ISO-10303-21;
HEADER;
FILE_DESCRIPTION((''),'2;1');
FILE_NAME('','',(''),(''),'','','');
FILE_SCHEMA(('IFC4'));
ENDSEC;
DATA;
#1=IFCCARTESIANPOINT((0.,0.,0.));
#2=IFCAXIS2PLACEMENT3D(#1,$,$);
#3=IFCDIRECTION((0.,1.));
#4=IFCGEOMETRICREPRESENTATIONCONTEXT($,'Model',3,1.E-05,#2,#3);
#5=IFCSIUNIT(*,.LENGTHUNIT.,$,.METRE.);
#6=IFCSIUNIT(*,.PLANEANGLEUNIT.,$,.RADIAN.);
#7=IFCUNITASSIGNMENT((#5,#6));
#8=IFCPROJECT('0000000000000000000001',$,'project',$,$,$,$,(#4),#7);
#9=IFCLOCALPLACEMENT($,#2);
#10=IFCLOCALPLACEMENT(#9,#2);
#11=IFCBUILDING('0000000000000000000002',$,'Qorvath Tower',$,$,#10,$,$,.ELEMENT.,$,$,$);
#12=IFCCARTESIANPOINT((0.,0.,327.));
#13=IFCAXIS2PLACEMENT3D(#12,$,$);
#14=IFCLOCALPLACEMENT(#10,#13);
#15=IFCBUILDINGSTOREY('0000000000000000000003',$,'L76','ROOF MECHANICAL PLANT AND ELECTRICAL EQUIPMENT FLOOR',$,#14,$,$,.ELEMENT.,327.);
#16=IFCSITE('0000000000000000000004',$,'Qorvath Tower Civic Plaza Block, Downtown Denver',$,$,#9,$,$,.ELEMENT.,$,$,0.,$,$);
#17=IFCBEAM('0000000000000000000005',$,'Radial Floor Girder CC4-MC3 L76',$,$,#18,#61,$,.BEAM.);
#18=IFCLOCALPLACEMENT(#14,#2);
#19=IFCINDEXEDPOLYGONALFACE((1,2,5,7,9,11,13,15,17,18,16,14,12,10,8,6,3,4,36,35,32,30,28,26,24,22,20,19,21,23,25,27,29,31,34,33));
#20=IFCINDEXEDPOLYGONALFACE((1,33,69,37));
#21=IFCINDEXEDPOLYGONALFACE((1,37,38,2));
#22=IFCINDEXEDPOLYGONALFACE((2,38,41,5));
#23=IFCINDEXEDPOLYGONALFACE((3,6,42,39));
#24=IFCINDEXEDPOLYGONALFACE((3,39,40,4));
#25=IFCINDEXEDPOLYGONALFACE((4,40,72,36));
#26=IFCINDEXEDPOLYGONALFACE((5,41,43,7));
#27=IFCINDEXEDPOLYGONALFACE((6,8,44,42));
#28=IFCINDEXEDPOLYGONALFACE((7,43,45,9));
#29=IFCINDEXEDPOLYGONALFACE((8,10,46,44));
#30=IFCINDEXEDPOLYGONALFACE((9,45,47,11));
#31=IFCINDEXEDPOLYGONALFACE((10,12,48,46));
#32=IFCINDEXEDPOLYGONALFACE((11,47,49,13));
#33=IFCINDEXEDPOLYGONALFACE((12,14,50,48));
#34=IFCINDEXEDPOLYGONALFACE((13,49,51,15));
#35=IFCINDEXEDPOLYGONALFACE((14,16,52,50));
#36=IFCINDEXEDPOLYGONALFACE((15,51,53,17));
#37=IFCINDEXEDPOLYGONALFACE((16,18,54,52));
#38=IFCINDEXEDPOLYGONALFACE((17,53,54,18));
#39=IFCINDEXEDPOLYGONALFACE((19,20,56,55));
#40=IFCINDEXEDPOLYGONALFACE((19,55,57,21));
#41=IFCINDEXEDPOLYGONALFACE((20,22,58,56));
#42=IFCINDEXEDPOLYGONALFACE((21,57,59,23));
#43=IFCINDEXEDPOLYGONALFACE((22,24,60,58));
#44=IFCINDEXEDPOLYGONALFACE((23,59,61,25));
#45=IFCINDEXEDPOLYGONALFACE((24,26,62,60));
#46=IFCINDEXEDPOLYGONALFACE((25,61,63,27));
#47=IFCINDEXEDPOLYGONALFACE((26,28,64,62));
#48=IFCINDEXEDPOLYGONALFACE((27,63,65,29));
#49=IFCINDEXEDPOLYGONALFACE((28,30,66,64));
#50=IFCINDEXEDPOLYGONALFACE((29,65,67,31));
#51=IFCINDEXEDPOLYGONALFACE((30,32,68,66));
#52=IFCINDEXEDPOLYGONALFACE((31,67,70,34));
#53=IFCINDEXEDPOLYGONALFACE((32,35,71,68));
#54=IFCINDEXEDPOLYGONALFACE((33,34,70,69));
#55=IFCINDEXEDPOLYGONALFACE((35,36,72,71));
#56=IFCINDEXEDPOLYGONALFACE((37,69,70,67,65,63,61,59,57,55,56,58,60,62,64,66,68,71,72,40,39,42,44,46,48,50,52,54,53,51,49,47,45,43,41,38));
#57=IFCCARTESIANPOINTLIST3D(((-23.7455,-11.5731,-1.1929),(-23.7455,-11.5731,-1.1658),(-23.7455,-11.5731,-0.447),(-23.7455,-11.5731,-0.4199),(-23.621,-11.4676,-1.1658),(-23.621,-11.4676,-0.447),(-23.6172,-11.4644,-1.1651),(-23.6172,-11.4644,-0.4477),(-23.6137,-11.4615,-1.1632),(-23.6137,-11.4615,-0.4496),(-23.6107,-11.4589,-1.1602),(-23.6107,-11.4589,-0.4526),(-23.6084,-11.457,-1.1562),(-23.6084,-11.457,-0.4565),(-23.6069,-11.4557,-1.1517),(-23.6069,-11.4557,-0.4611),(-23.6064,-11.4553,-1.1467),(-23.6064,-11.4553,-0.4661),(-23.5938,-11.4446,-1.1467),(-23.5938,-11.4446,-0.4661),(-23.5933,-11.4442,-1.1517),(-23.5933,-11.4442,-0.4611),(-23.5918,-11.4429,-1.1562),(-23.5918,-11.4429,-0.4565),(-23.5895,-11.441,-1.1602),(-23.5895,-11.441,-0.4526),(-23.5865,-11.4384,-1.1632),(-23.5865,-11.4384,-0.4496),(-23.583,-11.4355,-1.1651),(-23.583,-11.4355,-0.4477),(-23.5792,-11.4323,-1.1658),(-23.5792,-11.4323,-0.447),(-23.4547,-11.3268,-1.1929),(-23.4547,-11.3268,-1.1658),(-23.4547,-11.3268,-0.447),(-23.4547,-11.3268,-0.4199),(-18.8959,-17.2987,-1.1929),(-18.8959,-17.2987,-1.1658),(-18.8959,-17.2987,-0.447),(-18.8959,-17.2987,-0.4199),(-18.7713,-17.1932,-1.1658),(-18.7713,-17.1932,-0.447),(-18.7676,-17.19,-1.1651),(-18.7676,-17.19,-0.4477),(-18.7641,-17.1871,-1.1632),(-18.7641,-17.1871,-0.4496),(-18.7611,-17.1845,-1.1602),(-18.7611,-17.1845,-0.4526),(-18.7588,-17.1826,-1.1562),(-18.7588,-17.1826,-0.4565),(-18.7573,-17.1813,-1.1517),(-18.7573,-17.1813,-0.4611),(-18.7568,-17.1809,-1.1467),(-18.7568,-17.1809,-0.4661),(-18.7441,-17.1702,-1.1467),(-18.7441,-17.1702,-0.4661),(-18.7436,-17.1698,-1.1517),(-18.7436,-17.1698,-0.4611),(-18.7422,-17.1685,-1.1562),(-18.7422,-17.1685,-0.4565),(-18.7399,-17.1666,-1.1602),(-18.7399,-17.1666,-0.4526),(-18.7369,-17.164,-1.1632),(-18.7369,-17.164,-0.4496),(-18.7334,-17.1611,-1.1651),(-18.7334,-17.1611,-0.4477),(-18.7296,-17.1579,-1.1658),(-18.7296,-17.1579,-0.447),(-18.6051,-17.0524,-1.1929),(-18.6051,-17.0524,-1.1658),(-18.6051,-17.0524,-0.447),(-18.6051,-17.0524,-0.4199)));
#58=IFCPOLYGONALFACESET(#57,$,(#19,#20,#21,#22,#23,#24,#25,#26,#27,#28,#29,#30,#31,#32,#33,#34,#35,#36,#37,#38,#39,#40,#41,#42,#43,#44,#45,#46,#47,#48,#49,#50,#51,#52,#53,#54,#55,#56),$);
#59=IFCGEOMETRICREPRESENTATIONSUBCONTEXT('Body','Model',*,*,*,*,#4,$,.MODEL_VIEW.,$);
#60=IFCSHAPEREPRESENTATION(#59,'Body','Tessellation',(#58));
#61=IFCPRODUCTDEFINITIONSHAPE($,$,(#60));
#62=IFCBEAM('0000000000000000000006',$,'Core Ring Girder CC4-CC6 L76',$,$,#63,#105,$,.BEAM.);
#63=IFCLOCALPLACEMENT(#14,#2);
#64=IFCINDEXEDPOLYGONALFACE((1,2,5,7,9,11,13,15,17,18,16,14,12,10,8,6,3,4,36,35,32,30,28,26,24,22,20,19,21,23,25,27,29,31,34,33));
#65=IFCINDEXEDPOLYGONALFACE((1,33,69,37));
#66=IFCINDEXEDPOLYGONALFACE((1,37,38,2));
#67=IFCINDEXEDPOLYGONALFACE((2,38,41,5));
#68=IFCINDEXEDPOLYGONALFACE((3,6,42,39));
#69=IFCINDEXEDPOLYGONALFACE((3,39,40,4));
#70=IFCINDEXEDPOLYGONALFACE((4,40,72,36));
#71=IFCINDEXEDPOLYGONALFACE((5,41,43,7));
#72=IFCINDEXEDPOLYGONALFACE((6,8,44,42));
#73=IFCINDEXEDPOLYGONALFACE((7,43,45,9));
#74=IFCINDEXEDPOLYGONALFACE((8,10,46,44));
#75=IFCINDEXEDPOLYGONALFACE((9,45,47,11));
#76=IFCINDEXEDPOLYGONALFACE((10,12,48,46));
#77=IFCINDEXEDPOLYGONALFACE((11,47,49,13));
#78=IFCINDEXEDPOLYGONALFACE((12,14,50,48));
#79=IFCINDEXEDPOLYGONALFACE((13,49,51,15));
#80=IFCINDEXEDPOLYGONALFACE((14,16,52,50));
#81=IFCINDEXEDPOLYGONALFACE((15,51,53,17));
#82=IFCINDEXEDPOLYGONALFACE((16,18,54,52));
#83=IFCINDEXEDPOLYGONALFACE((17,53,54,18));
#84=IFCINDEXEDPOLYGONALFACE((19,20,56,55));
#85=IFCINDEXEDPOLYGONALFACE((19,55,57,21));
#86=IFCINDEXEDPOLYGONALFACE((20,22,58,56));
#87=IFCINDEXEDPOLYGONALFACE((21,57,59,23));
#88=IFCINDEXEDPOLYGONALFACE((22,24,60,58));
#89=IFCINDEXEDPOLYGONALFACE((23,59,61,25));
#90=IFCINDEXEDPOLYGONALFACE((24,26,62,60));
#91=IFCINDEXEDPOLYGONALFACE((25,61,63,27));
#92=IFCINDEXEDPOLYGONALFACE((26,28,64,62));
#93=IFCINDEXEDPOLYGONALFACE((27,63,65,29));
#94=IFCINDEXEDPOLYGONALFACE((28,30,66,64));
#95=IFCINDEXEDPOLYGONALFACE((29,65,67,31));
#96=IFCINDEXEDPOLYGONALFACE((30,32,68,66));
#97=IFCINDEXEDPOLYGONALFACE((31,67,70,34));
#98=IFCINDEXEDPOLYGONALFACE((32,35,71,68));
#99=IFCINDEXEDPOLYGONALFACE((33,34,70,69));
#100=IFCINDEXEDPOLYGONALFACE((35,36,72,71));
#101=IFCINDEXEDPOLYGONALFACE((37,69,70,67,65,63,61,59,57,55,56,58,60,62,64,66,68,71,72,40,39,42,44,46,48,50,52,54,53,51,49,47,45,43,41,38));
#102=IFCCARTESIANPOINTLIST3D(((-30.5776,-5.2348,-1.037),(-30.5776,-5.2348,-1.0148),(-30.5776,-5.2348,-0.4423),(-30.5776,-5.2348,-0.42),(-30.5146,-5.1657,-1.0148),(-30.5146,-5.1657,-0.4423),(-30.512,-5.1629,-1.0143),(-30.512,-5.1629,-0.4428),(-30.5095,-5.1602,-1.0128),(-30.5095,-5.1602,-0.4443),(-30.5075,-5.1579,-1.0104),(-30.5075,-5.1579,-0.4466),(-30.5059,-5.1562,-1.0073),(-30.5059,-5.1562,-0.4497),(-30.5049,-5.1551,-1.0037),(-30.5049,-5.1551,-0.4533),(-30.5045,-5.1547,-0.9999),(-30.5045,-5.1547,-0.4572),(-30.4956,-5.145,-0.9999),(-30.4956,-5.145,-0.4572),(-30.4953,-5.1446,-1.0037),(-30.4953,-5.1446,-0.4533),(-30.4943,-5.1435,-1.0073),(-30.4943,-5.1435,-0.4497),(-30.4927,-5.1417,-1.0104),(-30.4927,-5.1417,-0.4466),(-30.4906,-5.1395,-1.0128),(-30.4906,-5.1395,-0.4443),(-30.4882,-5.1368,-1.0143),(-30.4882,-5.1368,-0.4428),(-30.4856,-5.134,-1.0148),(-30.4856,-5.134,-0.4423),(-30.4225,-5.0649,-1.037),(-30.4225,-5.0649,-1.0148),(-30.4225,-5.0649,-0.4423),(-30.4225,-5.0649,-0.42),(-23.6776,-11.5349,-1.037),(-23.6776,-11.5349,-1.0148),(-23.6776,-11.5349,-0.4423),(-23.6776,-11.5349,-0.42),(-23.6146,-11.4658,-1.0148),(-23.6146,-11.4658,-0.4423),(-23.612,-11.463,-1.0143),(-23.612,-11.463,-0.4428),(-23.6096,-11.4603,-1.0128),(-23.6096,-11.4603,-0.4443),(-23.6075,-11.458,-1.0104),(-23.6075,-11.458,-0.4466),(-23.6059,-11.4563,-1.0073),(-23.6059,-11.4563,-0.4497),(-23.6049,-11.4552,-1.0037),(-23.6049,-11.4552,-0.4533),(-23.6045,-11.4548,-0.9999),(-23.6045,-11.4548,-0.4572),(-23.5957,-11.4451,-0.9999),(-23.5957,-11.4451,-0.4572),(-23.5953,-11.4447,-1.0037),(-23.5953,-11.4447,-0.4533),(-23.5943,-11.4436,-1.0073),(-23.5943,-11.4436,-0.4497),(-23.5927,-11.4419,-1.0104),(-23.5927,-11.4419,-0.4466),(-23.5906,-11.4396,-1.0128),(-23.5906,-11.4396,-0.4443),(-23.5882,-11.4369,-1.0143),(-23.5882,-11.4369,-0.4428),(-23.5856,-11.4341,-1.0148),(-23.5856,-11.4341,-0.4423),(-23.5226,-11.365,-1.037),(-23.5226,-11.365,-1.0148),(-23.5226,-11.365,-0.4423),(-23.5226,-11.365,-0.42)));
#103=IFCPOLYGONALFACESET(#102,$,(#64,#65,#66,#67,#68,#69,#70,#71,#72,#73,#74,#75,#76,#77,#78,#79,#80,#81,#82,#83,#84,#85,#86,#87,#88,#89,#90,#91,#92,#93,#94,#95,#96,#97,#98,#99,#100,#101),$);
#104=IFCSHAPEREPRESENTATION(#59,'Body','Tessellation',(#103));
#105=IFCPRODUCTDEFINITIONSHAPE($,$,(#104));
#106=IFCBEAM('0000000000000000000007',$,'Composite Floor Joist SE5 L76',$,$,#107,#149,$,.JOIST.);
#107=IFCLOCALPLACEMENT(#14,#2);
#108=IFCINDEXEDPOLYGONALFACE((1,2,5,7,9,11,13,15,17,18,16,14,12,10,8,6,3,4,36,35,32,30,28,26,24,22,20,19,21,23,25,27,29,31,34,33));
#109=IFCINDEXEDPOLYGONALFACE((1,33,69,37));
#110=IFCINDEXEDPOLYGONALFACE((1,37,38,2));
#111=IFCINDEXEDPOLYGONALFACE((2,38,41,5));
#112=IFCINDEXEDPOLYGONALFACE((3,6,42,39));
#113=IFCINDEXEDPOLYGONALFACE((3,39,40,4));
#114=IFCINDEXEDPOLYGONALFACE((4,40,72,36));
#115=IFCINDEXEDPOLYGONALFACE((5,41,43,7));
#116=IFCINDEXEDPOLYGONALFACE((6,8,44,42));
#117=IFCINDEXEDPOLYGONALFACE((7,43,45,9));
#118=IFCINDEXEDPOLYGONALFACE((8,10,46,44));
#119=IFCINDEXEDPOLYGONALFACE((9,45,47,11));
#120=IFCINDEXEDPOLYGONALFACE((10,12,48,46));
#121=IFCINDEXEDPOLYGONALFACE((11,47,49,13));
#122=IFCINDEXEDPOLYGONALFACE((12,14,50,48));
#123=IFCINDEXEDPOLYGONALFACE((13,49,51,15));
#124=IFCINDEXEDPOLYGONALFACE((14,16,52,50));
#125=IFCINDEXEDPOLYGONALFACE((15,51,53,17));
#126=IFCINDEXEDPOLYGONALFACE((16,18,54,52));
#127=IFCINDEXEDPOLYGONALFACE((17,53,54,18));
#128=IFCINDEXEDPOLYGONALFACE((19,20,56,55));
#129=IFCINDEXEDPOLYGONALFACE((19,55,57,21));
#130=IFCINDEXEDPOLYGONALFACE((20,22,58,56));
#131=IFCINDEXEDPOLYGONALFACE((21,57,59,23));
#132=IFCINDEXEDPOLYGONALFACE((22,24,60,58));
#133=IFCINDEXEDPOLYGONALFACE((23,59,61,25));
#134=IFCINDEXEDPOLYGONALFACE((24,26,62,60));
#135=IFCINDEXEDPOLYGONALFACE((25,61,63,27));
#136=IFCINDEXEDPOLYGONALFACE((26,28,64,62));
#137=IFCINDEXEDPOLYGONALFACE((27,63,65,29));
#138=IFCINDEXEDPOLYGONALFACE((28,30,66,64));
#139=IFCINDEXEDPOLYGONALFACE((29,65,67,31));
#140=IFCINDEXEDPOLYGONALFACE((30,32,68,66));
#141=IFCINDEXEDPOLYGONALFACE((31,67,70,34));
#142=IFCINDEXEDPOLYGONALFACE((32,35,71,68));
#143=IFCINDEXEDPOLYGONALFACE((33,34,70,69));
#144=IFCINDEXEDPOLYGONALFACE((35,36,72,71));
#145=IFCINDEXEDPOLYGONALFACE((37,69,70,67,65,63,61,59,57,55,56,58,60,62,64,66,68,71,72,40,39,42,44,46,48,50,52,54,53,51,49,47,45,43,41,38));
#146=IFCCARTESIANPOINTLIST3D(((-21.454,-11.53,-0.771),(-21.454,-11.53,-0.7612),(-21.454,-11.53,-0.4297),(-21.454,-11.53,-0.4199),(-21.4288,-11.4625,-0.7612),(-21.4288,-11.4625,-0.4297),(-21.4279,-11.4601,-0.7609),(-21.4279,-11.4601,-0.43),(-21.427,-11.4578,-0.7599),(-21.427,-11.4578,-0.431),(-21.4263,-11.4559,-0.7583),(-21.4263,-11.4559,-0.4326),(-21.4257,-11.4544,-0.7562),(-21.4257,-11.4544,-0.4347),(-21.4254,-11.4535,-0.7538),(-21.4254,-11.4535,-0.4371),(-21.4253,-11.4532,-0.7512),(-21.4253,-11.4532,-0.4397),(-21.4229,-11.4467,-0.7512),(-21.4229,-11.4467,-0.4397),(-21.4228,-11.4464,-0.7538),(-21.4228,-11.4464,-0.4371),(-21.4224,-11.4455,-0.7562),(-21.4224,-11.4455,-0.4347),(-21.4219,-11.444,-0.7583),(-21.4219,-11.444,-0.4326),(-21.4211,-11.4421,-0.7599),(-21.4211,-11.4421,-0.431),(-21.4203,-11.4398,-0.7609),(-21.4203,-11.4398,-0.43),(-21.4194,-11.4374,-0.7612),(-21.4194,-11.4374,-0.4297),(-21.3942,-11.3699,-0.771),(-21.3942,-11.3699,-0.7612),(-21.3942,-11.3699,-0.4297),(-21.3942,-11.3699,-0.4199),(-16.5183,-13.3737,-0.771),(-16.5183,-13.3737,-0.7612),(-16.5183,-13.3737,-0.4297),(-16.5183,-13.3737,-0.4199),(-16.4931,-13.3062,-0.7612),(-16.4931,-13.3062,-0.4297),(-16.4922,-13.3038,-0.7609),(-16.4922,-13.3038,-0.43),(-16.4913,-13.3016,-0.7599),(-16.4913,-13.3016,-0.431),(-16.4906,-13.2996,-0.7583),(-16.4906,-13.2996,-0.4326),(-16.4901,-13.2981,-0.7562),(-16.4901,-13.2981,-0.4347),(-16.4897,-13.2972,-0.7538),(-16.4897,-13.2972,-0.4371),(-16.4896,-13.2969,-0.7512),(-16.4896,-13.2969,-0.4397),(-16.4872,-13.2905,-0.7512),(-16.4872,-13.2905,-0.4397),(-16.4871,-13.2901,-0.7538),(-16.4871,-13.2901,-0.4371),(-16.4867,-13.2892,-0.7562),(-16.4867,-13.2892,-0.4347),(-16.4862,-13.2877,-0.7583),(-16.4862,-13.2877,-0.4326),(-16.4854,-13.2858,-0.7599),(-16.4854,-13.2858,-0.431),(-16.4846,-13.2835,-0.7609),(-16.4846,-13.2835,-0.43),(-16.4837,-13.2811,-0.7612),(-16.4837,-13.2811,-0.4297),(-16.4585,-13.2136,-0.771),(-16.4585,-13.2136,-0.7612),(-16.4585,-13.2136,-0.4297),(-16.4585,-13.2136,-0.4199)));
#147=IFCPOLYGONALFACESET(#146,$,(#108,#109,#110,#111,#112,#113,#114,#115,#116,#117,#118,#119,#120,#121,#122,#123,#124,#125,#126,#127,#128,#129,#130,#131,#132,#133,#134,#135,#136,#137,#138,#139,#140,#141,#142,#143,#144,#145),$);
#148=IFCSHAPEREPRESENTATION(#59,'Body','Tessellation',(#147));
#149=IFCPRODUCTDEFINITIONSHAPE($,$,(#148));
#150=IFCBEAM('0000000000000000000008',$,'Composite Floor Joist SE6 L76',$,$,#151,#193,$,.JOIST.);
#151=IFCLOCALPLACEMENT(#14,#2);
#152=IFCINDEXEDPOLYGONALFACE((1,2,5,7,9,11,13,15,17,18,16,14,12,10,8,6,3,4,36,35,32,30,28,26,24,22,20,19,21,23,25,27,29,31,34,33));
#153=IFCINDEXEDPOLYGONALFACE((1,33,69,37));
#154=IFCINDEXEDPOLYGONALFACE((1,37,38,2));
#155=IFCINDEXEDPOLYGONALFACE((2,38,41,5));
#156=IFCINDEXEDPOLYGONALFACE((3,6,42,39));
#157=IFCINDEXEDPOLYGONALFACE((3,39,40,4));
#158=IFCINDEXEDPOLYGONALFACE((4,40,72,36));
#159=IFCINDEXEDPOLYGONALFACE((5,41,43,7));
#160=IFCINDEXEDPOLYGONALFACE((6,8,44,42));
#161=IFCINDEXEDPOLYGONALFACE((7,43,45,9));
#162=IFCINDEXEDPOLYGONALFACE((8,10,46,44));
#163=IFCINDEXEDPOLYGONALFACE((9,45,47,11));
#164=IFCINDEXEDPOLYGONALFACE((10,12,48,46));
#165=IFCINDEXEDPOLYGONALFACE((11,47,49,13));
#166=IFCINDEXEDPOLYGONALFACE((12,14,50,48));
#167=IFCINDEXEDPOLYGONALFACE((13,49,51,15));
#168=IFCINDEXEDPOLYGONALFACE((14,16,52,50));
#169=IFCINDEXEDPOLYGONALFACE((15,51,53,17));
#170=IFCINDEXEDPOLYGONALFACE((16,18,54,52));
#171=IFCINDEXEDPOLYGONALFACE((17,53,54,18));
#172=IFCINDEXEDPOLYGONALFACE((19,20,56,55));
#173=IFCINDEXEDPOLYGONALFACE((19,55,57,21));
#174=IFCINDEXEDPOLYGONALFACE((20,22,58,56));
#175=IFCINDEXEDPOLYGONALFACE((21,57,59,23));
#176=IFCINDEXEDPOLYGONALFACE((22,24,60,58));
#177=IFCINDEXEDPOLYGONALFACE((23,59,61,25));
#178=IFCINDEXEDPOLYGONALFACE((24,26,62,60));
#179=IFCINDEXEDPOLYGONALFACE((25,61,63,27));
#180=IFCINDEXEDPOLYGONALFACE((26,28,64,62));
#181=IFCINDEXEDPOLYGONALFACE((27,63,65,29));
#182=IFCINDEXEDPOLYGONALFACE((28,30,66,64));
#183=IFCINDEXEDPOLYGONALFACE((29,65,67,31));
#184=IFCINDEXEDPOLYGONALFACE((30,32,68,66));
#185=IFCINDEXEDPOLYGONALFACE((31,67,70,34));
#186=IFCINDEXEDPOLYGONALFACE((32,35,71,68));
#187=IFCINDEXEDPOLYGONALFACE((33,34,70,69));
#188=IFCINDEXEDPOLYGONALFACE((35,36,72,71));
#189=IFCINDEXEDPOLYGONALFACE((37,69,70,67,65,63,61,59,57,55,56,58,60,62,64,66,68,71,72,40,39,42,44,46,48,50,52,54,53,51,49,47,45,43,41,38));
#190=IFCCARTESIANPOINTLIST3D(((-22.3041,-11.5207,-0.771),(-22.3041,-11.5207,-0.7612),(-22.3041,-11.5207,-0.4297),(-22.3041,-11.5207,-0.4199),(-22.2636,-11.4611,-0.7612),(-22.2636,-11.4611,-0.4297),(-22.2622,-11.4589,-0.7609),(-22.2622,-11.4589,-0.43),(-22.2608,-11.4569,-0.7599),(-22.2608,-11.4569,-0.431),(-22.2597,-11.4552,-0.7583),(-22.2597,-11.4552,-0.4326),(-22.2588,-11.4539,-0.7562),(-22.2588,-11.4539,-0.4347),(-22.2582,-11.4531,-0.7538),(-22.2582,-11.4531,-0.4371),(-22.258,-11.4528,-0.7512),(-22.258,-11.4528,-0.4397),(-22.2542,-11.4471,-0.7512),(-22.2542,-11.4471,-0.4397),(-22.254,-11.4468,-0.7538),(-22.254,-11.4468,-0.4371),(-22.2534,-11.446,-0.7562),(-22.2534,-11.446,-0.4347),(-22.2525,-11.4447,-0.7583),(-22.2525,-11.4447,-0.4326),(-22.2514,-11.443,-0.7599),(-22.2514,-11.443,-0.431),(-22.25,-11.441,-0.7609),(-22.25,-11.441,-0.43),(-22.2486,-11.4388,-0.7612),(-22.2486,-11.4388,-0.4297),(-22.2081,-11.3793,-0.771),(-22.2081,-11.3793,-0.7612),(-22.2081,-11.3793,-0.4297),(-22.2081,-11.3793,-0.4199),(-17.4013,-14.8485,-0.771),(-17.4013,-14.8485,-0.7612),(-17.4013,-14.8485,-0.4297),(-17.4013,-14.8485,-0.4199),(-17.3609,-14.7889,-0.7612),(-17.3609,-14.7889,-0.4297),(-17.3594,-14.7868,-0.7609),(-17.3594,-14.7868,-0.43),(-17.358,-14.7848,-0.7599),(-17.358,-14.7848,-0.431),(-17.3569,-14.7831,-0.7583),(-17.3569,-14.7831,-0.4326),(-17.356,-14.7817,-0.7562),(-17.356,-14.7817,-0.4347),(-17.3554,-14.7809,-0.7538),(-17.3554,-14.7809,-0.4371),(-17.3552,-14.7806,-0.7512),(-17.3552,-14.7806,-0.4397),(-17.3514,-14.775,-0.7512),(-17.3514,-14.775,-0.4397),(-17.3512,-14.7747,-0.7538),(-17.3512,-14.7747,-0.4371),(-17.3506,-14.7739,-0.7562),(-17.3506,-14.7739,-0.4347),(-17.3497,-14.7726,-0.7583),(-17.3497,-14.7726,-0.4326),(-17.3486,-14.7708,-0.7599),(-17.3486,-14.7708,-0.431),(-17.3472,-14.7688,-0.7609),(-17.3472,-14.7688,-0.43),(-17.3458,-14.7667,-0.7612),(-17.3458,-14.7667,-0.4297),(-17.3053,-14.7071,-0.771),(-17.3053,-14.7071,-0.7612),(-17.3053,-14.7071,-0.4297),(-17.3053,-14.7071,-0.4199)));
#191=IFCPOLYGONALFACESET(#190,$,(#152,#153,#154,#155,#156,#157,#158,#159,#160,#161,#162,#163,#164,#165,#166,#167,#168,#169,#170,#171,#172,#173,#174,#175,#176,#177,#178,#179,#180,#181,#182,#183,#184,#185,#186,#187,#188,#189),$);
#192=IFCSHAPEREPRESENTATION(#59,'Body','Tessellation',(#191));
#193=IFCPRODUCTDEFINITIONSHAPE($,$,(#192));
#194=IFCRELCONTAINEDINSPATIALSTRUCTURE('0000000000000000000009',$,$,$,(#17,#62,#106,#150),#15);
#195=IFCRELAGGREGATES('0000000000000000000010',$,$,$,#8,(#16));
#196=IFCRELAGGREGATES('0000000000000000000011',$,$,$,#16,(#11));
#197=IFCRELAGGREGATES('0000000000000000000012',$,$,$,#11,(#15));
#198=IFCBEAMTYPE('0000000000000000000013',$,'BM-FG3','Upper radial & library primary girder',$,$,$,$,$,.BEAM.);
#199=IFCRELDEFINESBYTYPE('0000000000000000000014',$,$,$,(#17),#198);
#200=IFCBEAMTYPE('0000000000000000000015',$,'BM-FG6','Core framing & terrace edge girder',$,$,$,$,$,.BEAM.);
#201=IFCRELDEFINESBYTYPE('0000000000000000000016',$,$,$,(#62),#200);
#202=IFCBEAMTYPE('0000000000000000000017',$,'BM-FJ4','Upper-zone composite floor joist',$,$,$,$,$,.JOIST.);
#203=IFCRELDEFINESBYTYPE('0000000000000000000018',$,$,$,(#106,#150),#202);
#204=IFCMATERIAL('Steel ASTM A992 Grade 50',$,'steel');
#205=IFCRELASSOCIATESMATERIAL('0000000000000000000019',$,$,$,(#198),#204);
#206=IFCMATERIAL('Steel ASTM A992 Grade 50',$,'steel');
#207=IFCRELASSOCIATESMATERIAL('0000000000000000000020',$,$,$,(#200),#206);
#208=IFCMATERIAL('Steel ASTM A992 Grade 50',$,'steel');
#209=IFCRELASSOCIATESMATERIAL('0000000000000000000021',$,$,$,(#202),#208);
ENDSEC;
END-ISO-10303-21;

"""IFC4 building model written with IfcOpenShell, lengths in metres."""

from ifc_helpers import new_model, si_unit, direction, frame, origin, origin_2d, place, context, subcontext, project, spatial, i_section, extrude, material, material_profile, profile_set, type_object, element, save


model = new_model("IFC4")

# Units and contexts
model_context = context("Model", 3, precision=1e-05, world=origin(), true_north=direction((0.0, 1.0)))
body_context = subcontext(model_context, "Body", "Model", "MODEL_VIEW")
ifc_project = project(units=[si_unit("LENGTHUNIT", "METRE"), si_unit("PLANEANGLEUNIT", "RADIAN")], contexts=[model_context])

# Site, building, storey
site_placement = place(None, origin())
site = spatial("IfcSite", under=ifc_project, at=site_placement, Name="Qorvath Tower Civic Plaza Block, Downtown Denver", CompositionType="ELEMENT", RefElevation=0.0)
building_placement = place(site_placement, origin())
building = spatial("IfcBuilding", under=site, at=building_placement, Name="Qorvath Tower", CompositionType="ELEMENT")
storey_placement = place(building_placement, frame((0.0, 0.0, 327.0)))
storey = spatial("IfcBuildingStorey", under=building, at=storey_placement, Name="L76", Description="ROOF MECHANICAL PLANT AND ELECTRICAL EQUIPMENT FLOOR", CompositionType="ELEMENT", Elevation=327.0)

# Beams
ifc_material_1 = material(Name="Steel ASTM A992 Grade 50", Category="steel")
ifc_material_profile_1 = material_profile(ifc_material_1, i_section(OverallWidth=0.3811, OverallDepth=0.7729, WebThickness=0.0166, FlangeThickness=0.0271, FilletRadius=0.019, at=origin_2d()), Name="W30x173")
ifc_profile_set_1 = profile_set([ifc_material_profile_1], Name="Steel ASTM A992 Grade 50")
beam_type_1 = type_object("IfcBeamType", Name="BM-FG3", Description="Upper radial & library primary girder", PredefinedType="BEAM", material=ifc_profile_set_1)
beam_1_placement = place(storey_placement, frame((-23.6001, -11.45, -0.8064), z_axis=(0.646321, -0.763065, 0.0), x_axis=(0.763065, 0.646321, 0.0)))
element("IfcBeam", 1, at=beam_1_placement, inside=storey, type_object=beam_type_1, Name="Radial Floor Girder CC4-MC3 L76", PredefinedType="BEAM", context=body_context, shape_type="SweptSolid", body=[
    extrude(i_section(OverallWidth=0.3811, OverallDepth=0.7729, WebThickness=0.0166, FlangeThickness=0.0271, FilletRadius=0.019, at=origin_2d()), origin(), (0.0, 0.0, 1.0), 7.5034),
])
ifc_material_2 = material(Name="Steel ASTM A992 Grade 50", Category="steel")
ifc_material_profile_2 = material_profile(ifc_material_2, i_section(OverallWidth=0.23, OverallDepth=0.6169, WebThickness=0.0132, FlangeThickness=0.0222, FilletRadius=0.0149, at=origin_2d()), Name="W24x94")
ifc_profile_set_2 = profile_set([ifc_material_profile_2], Name="Steel ASTM A992 Grade 50")
beam_type_2 = type_object("IfcBeamType", Name="BM-FG6", Description="Core framing & terrace edge girder", PredefinedType="BEAM", material=ifc_profile_set_2)
beam_2_placement = place(storey_placement, frame((-23.6001, -11.45, -0.7285), z_axis=(-0.738478, 0.674277, 0.0), x_axis=(-0.674277, -0.738478, 0.0)))
element("IfcBeam", 2, at=beam_2_placement, inside=storey, type_object=beam_type_2, Name="Core Ring Girder CC4-CC6 L76", PredefinedType="BEAM", context=body_context, shape_type="SweptSolid", body=[
    extrude(i_section(OverallWidth=0.23, OverallDepth=0.6169, WebThickness=0.0132, FlangeThickness=0.0222, FilletRadius=0.0149, at=origin_2d()), origin(), (0.0, 0.0, 1.0), 9.3435),
])
ifc_material_3 = material(Name="Steel ASTM A992 Grade 50", Category="steel")
ifc_material_profile_3 = material_profile(ifc_material_3, i_section(OverallWidth=0.1709, OverallDepth=0.3511, WebThickness=0.0068, FlangeThickness=0.0098, FilletRadius=0.01, at=origin_2d()), Name="W14x30")
ifc_profile_set_3 = profile_set([ifc_material_profile_3], Name="Steel ASTM A992 Grade 50")
beam_type_3 = type_object("IfcBeamType", Name="BM-FJ4", Description="Upper-zone composite floor joist", PredefinedType="JOIST", material=ifc_profile_set_3)
beam_3_placement = place(storey_placement, frame((-21.4241, -11.45, -0.5955), z_axis=(0.936776, -0.34993, 0.0), x_axis=(0.34993, 0.936776, 0.0)))
element("IfcBeam", 3, at=beam_3_placement, inside=storey, type_object=beam_type_3, Name="Composite Floor Joist SE5 L76", PredefinedType="JOIST", context=body_context, shape_type="SweptSolid", body=[
    extrude(i_section(OverallWidth=0.1709, OverallDepth=0.3511, WebThickness=0.0068, FlangeThickness=0.0098, FilletRadius=0.01, at=origin_2d()), origin(), (0.0, 0.0, 1.0), 5.2688),
])
beam_4_placement = place(storey_placement, frame((-22.2561, -11.45, -0.5955), z_axis=(0.827401, -0.561612, 0.0), x_axis=(0.561612, 0.827401, 0.0)))
element("IfcBeam", 4, at=beam_4_placement, inside=storey, type_object=beam_type_3, Name="Composite Floor Joist SE6 L76", PredefinedType="JOIST", context=body_context, shape_type="SweptSolid", body=[
    extrude(i_section(OverallWidth=0.1709, OverallDepth=0.3511, WebThickness=0.0068, FlangeThickness=0.0098, FilletRadius=0.01, at=origin_2d()), origin(), (0.0, 0.0, 1.0), 5.9255),
])

save(model, "model.ifc")
